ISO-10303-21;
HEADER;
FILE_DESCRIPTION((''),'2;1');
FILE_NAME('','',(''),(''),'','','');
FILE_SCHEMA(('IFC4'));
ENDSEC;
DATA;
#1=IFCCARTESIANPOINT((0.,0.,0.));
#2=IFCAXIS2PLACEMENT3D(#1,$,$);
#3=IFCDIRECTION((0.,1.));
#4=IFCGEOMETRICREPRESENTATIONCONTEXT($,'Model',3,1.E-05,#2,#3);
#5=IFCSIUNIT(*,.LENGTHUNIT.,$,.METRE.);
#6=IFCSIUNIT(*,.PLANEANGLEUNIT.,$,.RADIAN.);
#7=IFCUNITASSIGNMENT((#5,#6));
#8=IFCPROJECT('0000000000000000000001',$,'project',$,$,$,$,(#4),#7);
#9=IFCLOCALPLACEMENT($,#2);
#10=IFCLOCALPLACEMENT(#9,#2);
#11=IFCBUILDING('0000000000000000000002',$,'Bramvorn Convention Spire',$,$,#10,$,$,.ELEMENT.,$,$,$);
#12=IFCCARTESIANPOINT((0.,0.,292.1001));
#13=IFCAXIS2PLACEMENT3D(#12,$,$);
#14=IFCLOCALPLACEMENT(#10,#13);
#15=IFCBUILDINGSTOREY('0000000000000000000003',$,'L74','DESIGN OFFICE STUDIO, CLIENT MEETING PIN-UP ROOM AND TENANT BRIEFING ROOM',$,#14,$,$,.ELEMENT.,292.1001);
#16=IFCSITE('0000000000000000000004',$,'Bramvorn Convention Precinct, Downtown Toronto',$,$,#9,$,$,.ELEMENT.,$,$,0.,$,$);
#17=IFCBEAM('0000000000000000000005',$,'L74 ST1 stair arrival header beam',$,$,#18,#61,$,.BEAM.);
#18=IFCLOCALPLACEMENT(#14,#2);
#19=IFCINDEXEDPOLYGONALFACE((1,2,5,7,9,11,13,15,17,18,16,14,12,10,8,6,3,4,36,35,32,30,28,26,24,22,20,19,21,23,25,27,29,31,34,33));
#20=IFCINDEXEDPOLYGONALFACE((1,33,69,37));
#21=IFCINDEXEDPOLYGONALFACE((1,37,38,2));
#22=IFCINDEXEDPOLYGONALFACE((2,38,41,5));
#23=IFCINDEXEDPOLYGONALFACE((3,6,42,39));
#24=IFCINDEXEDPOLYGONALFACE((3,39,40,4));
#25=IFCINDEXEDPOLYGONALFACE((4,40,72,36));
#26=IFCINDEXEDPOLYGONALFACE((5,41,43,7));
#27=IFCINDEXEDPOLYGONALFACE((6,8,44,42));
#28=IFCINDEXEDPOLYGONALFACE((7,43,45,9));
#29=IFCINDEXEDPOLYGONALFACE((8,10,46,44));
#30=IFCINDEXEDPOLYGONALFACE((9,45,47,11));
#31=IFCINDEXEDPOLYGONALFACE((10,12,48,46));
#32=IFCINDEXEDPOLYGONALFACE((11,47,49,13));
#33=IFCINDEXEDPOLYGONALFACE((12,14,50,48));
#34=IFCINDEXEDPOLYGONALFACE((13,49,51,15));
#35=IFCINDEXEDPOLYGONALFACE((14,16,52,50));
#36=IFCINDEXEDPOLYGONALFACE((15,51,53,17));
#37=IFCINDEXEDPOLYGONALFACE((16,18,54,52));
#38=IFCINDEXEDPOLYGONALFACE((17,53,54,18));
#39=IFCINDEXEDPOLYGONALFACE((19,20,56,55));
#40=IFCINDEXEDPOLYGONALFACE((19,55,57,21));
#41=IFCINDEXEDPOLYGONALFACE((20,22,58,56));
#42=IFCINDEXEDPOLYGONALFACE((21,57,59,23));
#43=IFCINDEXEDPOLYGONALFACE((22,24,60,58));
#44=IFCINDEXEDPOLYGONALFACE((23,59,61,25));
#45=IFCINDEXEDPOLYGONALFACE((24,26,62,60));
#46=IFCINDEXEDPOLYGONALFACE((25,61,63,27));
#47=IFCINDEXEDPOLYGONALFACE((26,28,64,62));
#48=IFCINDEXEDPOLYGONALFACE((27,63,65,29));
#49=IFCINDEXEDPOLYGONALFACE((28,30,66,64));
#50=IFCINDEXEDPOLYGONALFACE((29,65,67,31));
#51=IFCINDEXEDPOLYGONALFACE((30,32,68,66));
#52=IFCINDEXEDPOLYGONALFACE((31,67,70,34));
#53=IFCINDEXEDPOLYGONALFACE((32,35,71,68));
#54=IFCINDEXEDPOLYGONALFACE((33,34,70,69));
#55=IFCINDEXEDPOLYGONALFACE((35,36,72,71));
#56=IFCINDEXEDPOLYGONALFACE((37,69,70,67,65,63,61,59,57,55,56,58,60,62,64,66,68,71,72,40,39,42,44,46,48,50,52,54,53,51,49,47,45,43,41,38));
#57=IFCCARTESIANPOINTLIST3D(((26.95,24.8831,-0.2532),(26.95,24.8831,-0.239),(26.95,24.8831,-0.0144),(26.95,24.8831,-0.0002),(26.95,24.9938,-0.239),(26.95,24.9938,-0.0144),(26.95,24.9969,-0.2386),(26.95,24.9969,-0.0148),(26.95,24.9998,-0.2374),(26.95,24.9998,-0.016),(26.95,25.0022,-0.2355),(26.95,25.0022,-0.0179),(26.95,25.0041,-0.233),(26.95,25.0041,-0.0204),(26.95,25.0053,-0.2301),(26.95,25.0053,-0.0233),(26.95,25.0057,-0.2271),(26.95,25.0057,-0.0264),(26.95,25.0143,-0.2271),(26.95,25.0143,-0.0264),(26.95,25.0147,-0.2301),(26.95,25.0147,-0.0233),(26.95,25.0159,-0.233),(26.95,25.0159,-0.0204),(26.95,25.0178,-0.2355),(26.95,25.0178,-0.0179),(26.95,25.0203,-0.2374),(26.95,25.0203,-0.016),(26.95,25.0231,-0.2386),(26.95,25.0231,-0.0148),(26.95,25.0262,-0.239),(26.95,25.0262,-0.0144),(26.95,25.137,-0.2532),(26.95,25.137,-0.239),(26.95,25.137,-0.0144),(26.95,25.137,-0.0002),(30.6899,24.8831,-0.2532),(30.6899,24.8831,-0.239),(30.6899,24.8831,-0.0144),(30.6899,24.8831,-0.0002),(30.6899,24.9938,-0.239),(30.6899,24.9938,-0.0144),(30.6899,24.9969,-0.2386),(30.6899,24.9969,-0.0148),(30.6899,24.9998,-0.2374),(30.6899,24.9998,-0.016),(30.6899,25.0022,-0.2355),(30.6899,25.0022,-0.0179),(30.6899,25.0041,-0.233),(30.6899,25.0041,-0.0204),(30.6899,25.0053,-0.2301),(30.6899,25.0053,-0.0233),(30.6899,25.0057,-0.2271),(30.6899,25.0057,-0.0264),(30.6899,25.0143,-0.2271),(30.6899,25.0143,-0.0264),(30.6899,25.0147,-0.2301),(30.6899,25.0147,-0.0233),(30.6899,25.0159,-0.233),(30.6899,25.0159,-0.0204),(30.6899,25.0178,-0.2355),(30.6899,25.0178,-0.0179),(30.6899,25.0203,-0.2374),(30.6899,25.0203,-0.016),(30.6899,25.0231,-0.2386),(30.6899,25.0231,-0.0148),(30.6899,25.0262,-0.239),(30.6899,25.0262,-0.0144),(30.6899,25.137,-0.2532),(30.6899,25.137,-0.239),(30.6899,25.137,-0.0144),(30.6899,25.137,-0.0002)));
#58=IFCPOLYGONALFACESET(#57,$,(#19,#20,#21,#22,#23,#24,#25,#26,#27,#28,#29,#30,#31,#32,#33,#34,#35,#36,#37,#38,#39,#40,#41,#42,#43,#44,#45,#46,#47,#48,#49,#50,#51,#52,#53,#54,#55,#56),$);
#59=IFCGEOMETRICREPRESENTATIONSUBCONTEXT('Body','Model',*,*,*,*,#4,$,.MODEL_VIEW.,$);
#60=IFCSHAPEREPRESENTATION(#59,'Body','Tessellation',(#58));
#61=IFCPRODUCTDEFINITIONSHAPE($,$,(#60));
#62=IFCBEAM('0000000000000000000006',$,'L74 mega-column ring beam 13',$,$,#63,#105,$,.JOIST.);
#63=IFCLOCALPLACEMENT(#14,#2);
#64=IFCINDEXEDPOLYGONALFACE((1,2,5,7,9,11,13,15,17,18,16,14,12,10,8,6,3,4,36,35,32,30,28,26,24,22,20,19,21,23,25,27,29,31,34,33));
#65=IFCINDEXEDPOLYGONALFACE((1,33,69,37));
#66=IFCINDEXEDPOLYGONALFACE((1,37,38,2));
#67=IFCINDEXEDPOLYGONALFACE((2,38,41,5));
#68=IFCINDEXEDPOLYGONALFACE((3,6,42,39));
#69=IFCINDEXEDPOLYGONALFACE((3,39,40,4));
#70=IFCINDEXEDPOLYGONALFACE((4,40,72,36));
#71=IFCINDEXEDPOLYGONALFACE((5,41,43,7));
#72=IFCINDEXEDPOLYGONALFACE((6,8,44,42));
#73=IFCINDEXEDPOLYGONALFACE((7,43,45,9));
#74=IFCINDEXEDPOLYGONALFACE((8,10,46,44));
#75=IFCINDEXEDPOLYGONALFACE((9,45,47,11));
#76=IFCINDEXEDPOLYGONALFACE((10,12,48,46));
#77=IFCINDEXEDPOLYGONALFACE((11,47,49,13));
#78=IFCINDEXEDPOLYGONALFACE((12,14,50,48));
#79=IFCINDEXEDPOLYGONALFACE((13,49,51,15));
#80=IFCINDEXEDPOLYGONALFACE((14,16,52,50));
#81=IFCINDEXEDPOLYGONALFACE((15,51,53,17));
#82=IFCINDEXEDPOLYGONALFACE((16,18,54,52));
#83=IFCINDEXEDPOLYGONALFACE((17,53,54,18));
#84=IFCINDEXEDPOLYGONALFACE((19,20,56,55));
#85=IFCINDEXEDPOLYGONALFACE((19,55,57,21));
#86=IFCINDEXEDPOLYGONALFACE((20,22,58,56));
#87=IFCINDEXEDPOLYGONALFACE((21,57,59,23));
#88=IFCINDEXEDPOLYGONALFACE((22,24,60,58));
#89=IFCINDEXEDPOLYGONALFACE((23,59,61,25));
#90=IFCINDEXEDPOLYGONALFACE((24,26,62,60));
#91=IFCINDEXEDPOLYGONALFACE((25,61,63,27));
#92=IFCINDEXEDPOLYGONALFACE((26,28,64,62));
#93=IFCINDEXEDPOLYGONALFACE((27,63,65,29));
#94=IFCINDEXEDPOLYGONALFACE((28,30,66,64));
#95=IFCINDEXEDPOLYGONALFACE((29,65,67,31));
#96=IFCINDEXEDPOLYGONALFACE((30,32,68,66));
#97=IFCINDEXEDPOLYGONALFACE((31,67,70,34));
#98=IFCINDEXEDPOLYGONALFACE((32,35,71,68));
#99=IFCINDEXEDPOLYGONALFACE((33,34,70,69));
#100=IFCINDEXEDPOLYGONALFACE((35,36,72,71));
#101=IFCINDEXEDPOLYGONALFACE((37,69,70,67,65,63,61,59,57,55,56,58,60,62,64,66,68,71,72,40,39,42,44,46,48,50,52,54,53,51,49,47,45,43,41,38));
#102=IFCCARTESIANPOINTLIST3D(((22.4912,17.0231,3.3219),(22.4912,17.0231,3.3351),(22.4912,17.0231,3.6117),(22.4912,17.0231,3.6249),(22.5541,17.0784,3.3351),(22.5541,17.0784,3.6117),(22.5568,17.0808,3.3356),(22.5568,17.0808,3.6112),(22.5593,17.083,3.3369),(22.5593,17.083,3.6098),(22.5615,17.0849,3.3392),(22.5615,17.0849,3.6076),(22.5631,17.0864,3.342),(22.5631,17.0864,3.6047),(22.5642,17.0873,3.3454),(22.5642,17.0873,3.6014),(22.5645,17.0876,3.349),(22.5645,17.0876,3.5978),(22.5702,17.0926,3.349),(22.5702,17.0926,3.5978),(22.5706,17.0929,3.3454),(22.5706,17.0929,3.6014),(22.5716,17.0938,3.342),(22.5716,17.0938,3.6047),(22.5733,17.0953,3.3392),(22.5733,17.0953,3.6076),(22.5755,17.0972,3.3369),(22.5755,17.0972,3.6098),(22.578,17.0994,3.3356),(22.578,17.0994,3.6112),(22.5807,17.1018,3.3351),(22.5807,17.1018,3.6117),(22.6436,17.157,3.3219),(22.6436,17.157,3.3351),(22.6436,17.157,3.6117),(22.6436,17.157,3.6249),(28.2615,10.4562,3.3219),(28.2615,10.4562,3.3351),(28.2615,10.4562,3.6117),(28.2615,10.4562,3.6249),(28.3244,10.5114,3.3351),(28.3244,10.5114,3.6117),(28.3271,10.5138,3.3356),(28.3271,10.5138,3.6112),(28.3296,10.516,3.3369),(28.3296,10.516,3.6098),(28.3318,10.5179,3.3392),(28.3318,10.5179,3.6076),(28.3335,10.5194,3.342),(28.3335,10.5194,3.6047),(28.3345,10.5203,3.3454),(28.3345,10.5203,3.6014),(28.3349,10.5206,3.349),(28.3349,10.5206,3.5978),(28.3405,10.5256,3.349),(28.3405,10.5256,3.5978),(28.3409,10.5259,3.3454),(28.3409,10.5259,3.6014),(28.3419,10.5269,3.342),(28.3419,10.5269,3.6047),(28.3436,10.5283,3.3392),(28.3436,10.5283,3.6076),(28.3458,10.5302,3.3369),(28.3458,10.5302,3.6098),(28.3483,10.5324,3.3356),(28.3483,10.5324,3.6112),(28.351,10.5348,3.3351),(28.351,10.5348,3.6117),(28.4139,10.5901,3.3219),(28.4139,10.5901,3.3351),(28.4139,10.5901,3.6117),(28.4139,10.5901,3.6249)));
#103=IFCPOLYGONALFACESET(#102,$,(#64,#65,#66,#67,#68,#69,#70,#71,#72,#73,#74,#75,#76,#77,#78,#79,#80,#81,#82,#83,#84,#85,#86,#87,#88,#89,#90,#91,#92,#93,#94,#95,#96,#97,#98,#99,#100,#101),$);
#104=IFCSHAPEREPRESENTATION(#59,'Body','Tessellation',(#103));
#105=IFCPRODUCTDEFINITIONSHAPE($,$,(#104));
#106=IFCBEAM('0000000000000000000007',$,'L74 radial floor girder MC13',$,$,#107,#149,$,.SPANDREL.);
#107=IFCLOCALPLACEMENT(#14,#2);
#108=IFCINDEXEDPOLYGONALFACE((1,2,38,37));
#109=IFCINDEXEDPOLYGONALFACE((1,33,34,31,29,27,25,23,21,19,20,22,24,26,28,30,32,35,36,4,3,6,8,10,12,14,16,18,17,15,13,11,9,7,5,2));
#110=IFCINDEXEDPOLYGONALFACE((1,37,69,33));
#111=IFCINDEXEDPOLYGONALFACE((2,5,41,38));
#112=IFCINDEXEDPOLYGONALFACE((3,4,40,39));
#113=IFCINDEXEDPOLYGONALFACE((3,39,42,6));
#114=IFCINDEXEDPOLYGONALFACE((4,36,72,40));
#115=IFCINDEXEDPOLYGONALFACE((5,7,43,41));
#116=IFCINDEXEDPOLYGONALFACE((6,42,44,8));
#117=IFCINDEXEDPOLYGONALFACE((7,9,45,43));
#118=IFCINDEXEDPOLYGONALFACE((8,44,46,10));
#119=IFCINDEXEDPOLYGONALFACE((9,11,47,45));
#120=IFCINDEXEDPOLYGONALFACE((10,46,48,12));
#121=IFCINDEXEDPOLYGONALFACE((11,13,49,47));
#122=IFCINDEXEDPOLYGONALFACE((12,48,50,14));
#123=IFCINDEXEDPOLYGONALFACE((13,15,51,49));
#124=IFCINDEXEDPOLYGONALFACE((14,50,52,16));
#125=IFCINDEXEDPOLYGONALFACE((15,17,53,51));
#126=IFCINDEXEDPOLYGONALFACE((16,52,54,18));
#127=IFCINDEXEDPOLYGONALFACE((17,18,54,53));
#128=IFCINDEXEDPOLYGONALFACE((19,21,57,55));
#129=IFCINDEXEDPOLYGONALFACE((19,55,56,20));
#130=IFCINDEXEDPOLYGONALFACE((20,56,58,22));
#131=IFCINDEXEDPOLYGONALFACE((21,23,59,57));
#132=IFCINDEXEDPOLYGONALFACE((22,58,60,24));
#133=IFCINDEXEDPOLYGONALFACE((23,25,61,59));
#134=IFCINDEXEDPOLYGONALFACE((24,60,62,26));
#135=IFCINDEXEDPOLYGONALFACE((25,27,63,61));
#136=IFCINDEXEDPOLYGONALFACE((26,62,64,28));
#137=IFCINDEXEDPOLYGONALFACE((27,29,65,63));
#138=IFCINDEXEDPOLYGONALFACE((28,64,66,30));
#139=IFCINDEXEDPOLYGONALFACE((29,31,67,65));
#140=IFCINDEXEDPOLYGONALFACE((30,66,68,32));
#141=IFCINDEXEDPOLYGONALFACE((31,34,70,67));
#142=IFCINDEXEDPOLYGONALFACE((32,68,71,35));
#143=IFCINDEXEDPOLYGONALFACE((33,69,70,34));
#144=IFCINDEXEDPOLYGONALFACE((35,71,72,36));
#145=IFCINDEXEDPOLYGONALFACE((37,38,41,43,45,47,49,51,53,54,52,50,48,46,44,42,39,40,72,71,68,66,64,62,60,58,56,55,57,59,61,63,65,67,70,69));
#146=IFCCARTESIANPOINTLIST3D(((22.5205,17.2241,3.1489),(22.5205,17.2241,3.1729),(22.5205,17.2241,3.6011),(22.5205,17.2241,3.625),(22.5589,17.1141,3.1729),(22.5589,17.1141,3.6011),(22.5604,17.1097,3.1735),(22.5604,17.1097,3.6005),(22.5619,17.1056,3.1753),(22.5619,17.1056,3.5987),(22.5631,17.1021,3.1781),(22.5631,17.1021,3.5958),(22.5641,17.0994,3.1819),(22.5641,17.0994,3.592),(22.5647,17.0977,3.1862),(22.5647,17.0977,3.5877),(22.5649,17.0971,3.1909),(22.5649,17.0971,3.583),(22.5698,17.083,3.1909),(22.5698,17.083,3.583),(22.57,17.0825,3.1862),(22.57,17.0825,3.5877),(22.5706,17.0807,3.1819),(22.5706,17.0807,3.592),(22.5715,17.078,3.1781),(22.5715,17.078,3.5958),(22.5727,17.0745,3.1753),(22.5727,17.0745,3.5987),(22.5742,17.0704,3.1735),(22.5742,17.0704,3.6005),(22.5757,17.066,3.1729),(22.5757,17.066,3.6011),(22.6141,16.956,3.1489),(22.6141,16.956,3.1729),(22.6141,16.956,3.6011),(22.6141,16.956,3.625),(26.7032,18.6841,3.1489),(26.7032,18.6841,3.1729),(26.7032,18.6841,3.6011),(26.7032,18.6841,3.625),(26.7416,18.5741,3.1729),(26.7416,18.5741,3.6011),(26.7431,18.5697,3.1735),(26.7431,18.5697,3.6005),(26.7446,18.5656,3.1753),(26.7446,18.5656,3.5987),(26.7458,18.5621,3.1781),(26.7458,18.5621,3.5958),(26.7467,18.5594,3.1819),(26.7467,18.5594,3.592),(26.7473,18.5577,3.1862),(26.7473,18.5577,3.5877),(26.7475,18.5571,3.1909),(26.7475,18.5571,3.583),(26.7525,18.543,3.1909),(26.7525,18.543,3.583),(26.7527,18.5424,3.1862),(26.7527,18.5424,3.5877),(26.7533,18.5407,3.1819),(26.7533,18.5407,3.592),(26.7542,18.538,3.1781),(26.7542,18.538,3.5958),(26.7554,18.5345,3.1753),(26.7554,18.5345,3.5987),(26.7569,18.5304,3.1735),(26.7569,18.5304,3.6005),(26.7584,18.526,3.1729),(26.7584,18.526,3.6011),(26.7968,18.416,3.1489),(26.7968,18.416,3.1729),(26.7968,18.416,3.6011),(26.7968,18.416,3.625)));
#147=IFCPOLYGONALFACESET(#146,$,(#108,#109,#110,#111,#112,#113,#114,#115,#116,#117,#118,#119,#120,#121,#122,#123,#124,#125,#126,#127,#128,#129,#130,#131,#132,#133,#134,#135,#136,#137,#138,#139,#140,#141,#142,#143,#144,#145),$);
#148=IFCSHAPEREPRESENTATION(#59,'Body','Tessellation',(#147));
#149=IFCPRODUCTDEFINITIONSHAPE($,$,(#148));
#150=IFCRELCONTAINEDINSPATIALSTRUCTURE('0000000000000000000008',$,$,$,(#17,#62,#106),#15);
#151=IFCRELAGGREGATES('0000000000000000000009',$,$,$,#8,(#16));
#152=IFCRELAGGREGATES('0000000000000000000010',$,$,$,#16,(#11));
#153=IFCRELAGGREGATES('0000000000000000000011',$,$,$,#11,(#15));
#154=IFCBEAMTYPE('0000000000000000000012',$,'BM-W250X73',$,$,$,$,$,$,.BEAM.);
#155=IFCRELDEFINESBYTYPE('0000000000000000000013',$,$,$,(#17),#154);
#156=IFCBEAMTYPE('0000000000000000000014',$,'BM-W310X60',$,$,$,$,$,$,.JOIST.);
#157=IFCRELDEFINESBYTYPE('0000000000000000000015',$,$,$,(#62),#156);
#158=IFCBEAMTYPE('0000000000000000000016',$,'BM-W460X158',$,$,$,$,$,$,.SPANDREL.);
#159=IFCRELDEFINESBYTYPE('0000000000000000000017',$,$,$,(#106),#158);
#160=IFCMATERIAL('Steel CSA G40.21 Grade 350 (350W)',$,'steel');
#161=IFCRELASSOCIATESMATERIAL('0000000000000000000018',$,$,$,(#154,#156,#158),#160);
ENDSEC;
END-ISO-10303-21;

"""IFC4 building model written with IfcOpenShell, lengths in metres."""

from ifc_helpers import new_model, si_unit, direction, frame, origin, origin_2d, place, context, subcontext, project, spatial, i_section, extrude, material, material_profile, profile_set, type_object, element, save


model = new_model("IFC4")

# Units and contexts
model_context = context("Model", 3, precision=1e-05, world=origin(), true_north=direction((0.0, 1.0)))
body_context = subcontext(model_context, "Body", "Model", "MODEL_VIEW")
ifc_project = project(units=[si_unit("LENGTHUNIT", "METRE"), si_unit("PLANEANGLEUNIT", "RADIAN")], contexts=[model_context])

# Site, building, storey
site_placement = place(None, origin())
site = spatial("IfcSite", under=ifc_project, at=site_placement, Name="Bramvorn Convention Precinct, Downtown Toronto", CompositionType="ELEMENT", RefElevation=0.0)
building_placement = place(site_placement, origin())
building = spatial("IfcBuilding", under=site, at=building_placement, Name="Bramvorn Convention Spire", CompositionType="ELEMENT")
storey_placement = place(building_placement, frame((0.0, 0.0, 292.1001)))
storey = spatial("IfcBuildingStorey", under=building, at=storey_placement, Name="L74", Description="DESIGN OFFICE STUDIO, CLIENT MEETING PIN-UP ROOM AND TENANT BRIEFING ROOM", CompositionType="ELEMENT", Elevation=292.1001)

# Shared definitions
ifc_material_1 = material(Name="Steel CSA G40.21 Grade 350 (350W)", Category="steel")

# Beams
ifc_material_profile_1 = material_profile(ifc_material_1, i_section(OverallWidth=0.2539, OverallDepth=0.2529, WebThickness=0.0085, FlangeThickness=0.0142, FilletRadius=0.012, at=origin_2d()))
ifc_profile_set_1 = profile_set([ifc_material_profile_1], Name="Steel CSA G40.21 Grade 350 (350W) - W250X73")
beam_type_1 = type_object("IfcBeamType", Name="BM-W250X73", PredefinedType="BEAM", material=ifc_profile_set_1)
beam_1_placement = place(storey_placement, frame((26.95, 25.01, -0.1267), z_axis=(1.0, 0.0, 0.0), x_axis=(0.0, 1.0, 0.0)))
element("IfcBeam", 1, at=beam_1_placement, inside=storey, type_object=beam_type_1, Name="L74 ST1 stair arrival header beam", PredefinedType="BEAM", context=body_context, shape_type="SweptSolid", body=[
    extrude(i_section(OverallWidth=0.2539, OverallDepth=0.2529, WebThickness=0.0085, FlangeThickness=0.0142, FilletRadius=0.012, at=origin_2d()), origin(), (0.0, 0.0, 1.0), 3.74),
])
ifc_material_profile_2 = material_profile(ifc_material_1, i_section(OverallWidth=0.2029, OverallDepth=0.303, WebThickness=0.0076, FlangeThickness=0.0132, FilletRadius=0.0139, at=origin_2d()))
ifc_profile_set_2 = profile_set([ifc_material_profile_2], Name="Steel CSA G40.21 Grade 350 (350W) - W310X60")
beam_type_2 = type_object("IfcBeamType", Name="BM-W310X60", PredefinedType="JOIST", material=ifc_profile_set_2)
beam_2_placement = place(storey_placement, frame((22.5674, 17.0901, 3.4734), z_axis=(0.660073, -0.751201, 0.0), x_axis=(0.751201, 0.660073, 0.0)))
element("IfcBeam", 2, at=beam_2_placement, inside=storey, type_object=beam_type_2, Name="L74 mega-column ring beam 13", PredefinedType="JOIST", context=body_context, shape_type="SweptSolid", body=[
    extrude(i_section(OverallWidth=0.2029, OverallDepth=0.303, WebThickness=0.0076, FlangeThickness=0.0132, FilletRadius=0.0139, at=origin_2d()), origin(), (0.0, 0.0, 1.0), 8.7419),
])
ifc_material_profile_3 = material_profile(ifc_material_1, i_section(OverallWidth=0.2839, OverallDepth=0.4761, WebThickness=0.0149, FlangeThickness=0.0239, FilletRadius=0.0181, at=origin_2d()))
ifc_profile_set_3 = profile_set([ifc_material_profile_3], Name="Steel CSA G40.21 Grade 350 (350W) - W460X158")
beam_type_3 = type_object("IfcBeamType", Name="BM-W460X158", PredefinedType="SPANDREL", material=ifc_profile_set_3)
beam_3_placement = place(storey_placement, frame((26.75, 18.55, 3.387), z_axis=(-0.944136, -0.329555, 0.0), x_axis=(0.329555, -0.944136, 0.0)))
element("IfcBeam", 3, at=beam_3_placement, inside=storey, type_object=beam_type_3, Name="L74 radial floor girder MC13", PredefinedType="SPANDREL", context=body_context, shape_type="SweptSolid", body=[
    extrude(i_section(OverallWidth=0.2839, OverallDepth=0.4761, WebThickness=0.0149, FlangeThickness=0.0239, FilletRadius=0.0181, at=origin_2d()), origin(), (0.0, 0.0, 1.0), 4.4302),
])

save(model, "model.ifc")
